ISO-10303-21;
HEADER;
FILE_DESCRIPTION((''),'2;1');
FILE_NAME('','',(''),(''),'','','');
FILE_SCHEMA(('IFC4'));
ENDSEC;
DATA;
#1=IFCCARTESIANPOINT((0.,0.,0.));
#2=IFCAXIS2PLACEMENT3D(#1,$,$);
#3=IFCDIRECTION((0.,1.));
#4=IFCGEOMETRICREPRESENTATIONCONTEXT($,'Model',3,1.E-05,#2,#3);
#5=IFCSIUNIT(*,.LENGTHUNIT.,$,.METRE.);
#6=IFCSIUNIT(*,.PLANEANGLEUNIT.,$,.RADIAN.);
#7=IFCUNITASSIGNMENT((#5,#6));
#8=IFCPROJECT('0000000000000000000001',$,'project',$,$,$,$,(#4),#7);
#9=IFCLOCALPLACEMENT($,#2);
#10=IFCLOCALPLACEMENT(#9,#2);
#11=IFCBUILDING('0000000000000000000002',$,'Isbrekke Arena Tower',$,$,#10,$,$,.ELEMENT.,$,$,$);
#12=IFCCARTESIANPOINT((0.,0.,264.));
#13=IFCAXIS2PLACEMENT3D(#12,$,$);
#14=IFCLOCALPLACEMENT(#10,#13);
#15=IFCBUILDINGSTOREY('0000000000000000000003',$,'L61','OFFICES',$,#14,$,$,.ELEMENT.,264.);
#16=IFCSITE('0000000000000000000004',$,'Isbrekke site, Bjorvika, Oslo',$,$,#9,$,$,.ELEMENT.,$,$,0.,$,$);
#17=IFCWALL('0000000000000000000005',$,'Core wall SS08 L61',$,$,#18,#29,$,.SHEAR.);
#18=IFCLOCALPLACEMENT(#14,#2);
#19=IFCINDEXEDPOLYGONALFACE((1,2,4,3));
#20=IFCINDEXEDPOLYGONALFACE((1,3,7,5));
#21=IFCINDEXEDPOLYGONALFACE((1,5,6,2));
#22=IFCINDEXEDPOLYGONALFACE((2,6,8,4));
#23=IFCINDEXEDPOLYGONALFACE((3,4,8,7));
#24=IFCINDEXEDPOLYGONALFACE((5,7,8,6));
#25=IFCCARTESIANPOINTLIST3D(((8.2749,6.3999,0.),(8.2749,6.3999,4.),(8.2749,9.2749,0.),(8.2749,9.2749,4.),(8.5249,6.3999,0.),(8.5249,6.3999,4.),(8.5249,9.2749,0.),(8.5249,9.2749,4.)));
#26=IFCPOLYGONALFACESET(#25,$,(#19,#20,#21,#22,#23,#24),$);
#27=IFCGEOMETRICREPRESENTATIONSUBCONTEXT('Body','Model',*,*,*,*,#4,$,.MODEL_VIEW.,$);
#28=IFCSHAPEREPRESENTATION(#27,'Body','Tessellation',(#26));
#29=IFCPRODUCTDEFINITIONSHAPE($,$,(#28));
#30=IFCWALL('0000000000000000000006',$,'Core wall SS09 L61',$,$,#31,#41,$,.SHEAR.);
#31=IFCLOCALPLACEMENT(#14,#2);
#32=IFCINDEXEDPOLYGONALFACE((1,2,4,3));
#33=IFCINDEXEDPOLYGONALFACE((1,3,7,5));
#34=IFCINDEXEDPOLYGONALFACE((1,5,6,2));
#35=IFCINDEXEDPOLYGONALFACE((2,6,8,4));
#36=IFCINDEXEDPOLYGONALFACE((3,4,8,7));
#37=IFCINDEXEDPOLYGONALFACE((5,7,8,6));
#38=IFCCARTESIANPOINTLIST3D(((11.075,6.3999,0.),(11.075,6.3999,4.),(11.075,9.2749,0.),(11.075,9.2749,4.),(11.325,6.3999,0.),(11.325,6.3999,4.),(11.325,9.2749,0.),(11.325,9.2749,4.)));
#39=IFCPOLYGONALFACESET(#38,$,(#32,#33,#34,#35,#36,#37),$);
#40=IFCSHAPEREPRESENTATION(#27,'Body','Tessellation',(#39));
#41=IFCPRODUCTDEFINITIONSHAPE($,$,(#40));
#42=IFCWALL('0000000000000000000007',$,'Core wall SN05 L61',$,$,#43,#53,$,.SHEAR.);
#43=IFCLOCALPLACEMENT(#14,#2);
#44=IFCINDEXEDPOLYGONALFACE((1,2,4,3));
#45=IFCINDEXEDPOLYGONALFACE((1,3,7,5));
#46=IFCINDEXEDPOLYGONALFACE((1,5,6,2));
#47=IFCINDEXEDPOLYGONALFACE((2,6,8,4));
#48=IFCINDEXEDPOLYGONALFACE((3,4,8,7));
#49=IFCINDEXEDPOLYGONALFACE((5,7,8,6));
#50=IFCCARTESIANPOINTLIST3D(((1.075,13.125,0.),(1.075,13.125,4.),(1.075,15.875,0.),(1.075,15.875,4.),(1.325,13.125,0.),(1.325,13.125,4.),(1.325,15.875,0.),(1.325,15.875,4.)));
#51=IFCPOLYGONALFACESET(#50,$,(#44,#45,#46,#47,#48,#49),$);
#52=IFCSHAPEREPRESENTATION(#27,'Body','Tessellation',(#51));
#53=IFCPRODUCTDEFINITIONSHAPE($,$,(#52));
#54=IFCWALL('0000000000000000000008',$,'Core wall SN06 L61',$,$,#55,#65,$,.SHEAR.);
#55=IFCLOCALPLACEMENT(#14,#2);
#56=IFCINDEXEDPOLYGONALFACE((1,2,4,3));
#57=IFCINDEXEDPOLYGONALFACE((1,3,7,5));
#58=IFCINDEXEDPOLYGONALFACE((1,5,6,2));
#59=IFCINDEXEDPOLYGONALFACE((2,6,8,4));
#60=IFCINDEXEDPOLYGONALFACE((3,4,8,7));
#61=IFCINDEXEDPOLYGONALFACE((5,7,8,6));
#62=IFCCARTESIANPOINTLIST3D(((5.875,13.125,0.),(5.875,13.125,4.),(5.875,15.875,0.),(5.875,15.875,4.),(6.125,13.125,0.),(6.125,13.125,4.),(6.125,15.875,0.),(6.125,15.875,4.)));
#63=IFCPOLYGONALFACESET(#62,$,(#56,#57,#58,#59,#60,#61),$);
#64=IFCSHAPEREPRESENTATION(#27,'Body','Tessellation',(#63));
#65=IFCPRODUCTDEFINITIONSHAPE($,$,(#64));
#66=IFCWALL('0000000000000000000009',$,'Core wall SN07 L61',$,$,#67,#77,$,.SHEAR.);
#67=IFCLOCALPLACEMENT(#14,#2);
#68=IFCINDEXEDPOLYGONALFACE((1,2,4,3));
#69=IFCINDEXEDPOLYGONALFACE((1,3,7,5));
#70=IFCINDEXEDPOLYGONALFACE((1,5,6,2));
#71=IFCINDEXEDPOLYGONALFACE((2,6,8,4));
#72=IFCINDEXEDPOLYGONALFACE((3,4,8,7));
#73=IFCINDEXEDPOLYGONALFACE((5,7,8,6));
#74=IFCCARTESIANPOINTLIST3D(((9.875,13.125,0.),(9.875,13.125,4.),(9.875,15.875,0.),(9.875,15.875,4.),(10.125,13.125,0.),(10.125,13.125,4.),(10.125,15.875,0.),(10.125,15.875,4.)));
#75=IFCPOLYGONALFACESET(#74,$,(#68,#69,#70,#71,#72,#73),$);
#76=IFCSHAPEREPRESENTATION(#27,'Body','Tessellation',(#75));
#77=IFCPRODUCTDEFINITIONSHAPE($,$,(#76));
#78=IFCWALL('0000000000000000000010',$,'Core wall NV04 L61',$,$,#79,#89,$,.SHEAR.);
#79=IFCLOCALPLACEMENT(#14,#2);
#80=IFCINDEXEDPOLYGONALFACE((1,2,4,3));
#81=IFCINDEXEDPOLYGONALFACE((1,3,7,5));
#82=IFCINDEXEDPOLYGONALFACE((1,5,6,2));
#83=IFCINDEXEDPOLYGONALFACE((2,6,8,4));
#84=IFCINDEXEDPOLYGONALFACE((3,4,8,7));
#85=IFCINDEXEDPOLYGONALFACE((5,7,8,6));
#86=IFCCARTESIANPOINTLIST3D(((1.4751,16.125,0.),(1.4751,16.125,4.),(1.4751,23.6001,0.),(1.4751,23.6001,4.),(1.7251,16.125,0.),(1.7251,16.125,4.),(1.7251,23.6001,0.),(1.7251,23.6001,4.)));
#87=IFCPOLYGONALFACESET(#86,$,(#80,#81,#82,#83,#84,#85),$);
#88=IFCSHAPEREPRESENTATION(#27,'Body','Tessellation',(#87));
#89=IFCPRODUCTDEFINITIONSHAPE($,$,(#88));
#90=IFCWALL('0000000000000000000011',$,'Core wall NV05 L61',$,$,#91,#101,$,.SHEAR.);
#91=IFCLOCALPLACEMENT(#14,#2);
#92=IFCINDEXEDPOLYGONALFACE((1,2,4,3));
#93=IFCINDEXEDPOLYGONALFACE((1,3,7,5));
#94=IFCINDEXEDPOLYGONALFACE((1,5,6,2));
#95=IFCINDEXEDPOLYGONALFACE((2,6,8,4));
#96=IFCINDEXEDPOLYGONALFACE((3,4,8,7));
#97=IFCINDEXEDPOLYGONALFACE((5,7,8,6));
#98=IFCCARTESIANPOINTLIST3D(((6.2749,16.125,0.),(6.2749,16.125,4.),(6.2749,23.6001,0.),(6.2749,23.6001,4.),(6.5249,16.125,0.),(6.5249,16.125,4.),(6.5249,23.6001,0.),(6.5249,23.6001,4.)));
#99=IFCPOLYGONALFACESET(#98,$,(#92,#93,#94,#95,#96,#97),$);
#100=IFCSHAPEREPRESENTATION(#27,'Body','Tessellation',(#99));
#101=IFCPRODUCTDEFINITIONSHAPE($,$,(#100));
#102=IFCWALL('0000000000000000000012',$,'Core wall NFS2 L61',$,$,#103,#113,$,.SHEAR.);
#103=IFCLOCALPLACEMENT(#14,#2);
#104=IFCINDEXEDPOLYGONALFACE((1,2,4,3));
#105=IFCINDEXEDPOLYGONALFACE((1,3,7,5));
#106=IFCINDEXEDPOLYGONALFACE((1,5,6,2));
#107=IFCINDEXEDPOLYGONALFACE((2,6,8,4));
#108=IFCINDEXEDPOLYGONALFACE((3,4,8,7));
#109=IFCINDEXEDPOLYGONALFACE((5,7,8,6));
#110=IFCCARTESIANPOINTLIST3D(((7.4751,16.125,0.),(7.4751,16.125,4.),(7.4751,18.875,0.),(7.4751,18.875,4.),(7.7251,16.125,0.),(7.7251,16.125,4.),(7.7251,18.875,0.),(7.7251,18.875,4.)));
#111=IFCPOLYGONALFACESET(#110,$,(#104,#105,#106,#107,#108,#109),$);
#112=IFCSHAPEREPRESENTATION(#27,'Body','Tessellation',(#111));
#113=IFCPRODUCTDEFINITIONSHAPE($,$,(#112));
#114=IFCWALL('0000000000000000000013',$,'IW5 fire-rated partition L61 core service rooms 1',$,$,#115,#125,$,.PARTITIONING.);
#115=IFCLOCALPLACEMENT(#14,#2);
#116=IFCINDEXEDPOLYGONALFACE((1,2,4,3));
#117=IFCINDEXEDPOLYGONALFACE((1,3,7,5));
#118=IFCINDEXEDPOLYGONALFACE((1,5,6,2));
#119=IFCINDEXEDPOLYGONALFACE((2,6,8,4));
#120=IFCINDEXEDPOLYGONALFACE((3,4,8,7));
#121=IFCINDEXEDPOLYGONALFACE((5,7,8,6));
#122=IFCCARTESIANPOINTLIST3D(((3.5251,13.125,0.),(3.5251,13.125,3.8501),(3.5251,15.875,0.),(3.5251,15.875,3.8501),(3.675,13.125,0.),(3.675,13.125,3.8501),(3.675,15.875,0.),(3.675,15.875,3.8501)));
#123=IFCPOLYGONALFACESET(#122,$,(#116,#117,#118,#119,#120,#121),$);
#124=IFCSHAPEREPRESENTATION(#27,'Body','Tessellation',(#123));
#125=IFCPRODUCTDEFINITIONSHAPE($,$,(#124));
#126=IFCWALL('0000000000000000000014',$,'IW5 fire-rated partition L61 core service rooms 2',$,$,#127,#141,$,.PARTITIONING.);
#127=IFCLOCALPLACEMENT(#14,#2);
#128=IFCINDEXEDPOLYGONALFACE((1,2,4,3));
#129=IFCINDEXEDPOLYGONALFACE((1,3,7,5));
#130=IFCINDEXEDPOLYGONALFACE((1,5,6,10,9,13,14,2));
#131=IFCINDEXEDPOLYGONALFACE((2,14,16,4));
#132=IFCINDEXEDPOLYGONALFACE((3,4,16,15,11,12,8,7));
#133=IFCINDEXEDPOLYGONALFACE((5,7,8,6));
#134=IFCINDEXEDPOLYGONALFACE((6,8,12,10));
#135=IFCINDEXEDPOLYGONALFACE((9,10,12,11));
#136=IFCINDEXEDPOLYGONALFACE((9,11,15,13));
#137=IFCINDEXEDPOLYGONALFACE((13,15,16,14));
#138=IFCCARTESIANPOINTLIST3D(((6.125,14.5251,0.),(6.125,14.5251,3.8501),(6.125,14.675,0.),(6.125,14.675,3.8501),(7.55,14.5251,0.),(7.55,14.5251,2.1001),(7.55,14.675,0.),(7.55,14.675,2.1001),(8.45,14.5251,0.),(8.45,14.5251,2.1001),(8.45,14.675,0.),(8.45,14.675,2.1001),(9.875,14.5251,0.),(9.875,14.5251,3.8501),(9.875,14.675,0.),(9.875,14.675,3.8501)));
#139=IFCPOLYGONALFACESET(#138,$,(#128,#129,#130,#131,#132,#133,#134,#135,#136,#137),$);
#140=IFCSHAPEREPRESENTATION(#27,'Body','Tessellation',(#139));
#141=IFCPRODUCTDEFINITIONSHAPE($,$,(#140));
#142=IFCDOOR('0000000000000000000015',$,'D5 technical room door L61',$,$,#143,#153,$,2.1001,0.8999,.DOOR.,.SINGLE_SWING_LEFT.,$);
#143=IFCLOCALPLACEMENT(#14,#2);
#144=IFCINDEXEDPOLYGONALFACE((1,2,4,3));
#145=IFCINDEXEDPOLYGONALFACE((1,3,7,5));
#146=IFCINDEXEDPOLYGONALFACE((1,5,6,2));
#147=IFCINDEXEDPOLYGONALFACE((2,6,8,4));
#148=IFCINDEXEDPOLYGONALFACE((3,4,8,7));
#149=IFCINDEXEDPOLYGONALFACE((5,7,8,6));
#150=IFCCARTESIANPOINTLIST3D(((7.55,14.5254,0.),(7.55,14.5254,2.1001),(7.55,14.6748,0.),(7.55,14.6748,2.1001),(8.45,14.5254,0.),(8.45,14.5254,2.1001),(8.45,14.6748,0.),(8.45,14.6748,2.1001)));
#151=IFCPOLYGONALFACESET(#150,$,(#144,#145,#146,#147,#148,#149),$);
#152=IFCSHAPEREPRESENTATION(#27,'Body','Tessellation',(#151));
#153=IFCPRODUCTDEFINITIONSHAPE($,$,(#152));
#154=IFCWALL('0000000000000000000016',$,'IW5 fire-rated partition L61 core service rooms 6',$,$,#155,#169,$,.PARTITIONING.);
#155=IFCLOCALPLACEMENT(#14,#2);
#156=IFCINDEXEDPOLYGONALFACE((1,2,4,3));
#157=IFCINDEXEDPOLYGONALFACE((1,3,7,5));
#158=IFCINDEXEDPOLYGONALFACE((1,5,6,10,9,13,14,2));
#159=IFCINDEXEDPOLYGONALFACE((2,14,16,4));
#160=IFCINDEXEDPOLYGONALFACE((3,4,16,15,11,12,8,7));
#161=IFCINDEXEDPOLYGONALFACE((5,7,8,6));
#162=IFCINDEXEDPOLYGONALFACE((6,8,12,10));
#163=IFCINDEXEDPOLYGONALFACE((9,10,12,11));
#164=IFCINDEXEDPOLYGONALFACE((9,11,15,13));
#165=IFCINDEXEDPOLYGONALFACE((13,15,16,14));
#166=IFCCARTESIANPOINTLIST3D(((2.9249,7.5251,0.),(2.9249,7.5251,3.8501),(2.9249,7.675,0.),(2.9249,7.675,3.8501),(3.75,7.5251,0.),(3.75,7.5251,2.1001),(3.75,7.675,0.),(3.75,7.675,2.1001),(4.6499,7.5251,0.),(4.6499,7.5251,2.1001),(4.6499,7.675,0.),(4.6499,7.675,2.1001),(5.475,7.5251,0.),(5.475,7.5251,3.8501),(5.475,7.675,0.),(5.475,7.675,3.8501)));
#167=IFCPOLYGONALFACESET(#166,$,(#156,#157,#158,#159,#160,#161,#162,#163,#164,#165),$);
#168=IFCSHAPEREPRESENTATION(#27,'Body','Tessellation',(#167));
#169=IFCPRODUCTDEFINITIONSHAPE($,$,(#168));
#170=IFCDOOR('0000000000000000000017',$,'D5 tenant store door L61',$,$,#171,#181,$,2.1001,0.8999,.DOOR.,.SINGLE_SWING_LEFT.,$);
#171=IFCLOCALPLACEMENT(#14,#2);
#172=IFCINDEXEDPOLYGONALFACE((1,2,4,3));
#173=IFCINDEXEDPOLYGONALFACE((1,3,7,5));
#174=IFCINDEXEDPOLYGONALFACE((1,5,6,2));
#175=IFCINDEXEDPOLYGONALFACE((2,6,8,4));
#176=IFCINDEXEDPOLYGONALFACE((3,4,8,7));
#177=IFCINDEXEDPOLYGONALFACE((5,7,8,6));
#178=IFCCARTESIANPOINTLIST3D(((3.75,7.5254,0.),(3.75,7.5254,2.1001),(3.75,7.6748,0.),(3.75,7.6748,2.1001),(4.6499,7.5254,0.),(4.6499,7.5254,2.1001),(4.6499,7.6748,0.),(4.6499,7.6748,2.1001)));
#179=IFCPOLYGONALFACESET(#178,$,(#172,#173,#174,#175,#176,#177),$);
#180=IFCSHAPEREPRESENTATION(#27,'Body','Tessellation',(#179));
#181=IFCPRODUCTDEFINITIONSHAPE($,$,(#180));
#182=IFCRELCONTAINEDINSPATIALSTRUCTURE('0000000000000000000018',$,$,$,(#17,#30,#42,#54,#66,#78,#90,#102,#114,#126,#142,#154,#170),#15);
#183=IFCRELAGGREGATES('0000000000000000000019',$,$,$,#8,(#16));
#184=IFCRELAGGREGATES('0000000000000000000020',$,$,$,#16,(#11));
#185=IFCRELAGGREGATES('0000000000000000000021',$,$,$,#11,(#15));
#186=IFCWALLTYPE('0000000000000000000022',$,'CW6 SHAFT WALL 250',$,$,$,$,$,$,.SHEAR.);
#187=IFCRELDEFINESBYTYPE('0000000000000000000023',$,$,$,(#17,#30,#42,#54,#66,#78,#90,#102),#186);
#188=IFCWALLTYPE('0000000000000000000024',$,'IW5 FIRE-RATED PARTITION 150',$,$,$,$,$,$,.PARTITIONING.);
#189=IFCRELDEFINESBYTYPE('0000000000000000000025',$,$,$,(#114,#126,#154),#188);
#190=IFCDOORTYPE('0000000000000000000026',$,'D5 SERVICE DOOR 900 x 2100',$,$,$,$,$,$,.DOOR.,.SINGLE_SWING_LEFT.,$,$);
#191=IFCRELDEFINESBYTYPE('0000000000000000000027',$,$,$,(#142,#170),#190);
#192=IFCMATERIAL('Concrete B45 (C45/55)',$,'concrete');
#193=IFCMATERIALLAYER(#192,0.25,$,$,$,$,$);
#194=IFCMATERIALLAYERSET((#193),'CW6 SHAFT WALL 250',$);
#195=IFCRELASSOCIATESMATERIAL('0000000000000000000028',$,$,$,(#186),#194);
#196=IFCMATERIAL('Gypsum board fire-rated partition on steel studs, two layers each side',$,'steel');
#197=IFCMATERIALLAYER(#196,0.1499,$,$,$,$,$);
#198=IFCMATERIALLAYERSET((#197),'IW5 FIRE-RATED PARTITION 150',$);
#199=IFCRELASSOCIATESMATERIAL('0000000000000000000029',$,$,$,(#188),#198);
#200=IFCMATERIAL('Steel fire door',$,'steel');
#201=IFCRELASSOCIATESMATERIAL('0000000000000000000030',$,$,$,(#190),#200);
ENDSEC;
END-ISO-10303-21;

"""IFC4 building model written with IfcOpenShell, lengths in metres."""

from ifc_helpers import new_model, si_unit, direction, frame, frame_2d, origin, place, context, subcontext, project, spatial, rectangle, extrude, material, layer, layer_set, type_object, element, fill, save


model = new_model("IFC4")

# Units and contexts
model_context = context("Model", 3, precision=1e-05, world=origin(), true_north=direction((0.0, 1.0)))
body_context = subcontext(model_context, "Body", "Model", "MODEL_VIEW")
ifc_project = project(units=[si_unit("LENGTHUNIT", "METRE"), si_unit("PLANEANGLEUNIT", "RADIAN")], contexts=[model_context])

# Site, building, storey
site_placement = place(None, origin())
site = spatial("IfcSite", under=ifc_project, at=site_placement, Name="Isbrekke site, Bjorvika, Oslo", CompositionType="ELEMENT", RefElevation=0.0)
building_placement = place(site_placement, origin())
building = spatial("IfcBuilding", under=site, at=building_placement, Name="Isbrekke Arena Tower", CompositionType="ELEMENT")
storey_placement = place(building_placement, frame((0.0, 0.0, 264.0)))
storey = spatial("IfcBuildingStorey", under=building, at=storey_placement, Name="L61", Description="OFFICES", CompositionType="ELEMENT", Elevation=264.0)

# Walls
ifc_material_1 = material(Name="Concrete B45 (C45/55)", Category="concrete")
ifc_layer_1 = layer(ifc_material_1, 0.25)
ifc_layer_set_1 = layer_set([ifc_layer_1], Name="CW6 SHAFT WALL 250")
wall_type_1 = type_object("IfcWallType", Name="CW6 SHAFT WALL 250", PredefinedType="SHEAR", material=ifc_layer_set_1)
for number, where, z_axis, x_axis, name in (
    (1, (8.3999, 6.3999, 0.0), (0.0, 0.0, 1.0), (0.0, 1.0, 0.0), "Core wall SS08 L61"),
    (2, (11.2, 6.3999, 0.0), (0.0, 0.0, 1.0), (0.0, 1.0, 0.0), "Core wall SS09 L61"),
):
    element("IfcWall", number, at=place(storey_placement, frame(where, z_axis=z_axis, x_axis=x_axis)), inside=storey, type_object=wall_type_1, Name=name, PredefinedType="SHEAR", context=body_context, shape_type="SweptSolid", body=[
        extrude(rectangle(XDim=2.875, YDim=0.25, at=frame_2d((1.4375, 0.0))), origin(), (0.0, 0.0, 1.0), 4.0),
    ])
for number, where, z_axis, x_axis, name in (
    (3, (1.2, 13.125, 0.0), (0.0, 0.0, 1.0), (0.0, 1.0, 0.0), "Core wall SN05 L61"),
    (4, (6.0, 13.125, 0.0), (0.0, 0.0, 1.0), (0.0, 1.0, 0.0), "Core wall SN06 L61"),
    (5, (10.0, 13.125, 0.0), (0.0, 0.0, 1.0), (0.0, 1.0, 0.0), "Core wall SN07 L61"),
):
    element("IfcWall", number, at=place(storey_placement, frame(where, z_axis=z_axis, x_axis=x_axis)), inside=storey, type_object=wall_type_1, Name=name, PredefinedType="SHEAR", context=body_context, shape_type="SweptSolid", body=[
        extrude(rectangle(XDim=2.75, YDim=0.25, at=frame_2d((1.375, 0.0))), origin(), (0.0, 0.0, 1.0), 4.0),
    ])
for number, where, z_axis, x_axis, name in (
    (6, (1.6001, 16.125, 0.0), (0.0, 0.0, 1.0), (0.0, 1.0, 0.0), "Core wall NV04 L61"),
    (7, (6.3999, 16.125, 0.0), (0.0, 0.0, 1.0), (0.0, 1.0, 0.0), "Core wall NV05 L61"),
):
    element("IfcWall", number, at=place(storey_placement, frame(where, z_axis=z_axis, x_axis=x_axis)), inside=storey, type_object=wall_type_1, Name=name, PredefinedType="SHEAR", context=body_context, shape_type="SweptSolid", body=[
        extrude(rectangle(XDim=7.4751, YDim=0.25, at=frame_2d((3.7375, 0.0))), origin(), (0.0, 0.0, 1.0), 4.0),
    ])
wall_1_placement = place(storey_placement, frame((7.6001, 16.125, 0.0), z_axis=(0.0, 0.0, 1.0), x_axis=(0.0, 1.0, 0.0)))
element("IfcWall", 8, at=wall_1_placement, inside=storey, type_object=wall_type_1, Name="Core wall NFS2 L61", PredefinedType="SHEAR", context=body_context, shape_type="SweptSolid", body=[
    extrude(rectangle(XDim=2.75, YDim=0.25, at=frame_2d((1.375, 0.0))), origin(), (0.0, 0.0, 1.0), 4.0),
])
ifc_material_2 = material(Name="Gypsum board fire-rated partition on steel studs, two layers each side", Category="steel")
ifc_layer_2 = layer(ifc_material_2, 0.1499)
ifc_layer_set_2 = layer_set([ifc_layer_2], Name="IW5 FIRE-RATED PARTITION 150")
wall_type_2 = type_object("IfcWallType", Name="IW5 FIRE-RATED PARTITION 150", PredefinedType="PARTITIONING", material=ifc_layer_set_2)
wall_2_placement = place(storey_placement, frame((3.6001, 13.125, 0.0), z_axis=(0.0, 0.0, 1.0), x_axis=(0.0, 1.0, 0.0)))
element("IfcWall", 9, at=wall_2_placement, inside=storey, type_object=wall_type_2, Name="IW5 fire-rated partition L61 core service rooms 1", PredefinedType="PARTITIONING", context=body_context, shape_type="SweptSolid", body=[
    extrude(rectangle(XDim=2.75, YDim=0.1499, at=frame_2d((1.375, 0.0))), origin(), (0.0, 0.0, 1.0), 3.8501),
])

# Walls, openings, doors
wall_3_placement = place(storey_placement, frame((6.125, 14.6001, 0.0), z_axis=(0.0, 0.0, 1.0), x_axis=(1.0, 0.0, 0.0)))
wall_3 = element("IfcWall", 10, at=wall_3_placement, inside=storey, type_object=wall_type_2, Name="IW5 fire-rated partition L61 core service rooms 2", PredefinedType="PARTITIONING", context=body_context, shape_type="SweptSolid", body=[
    extrude(rectangle(XDim=3.75, YDim=0.1499, at=frame_2d((1.875, 0.0))), origin(), (0.0, 0.0, 1.0), 3.8501),
])
opening_1_placement = place(wall_3_placement, frame((1.425, 0.0, 0.0)))
opening_1 = element("IfcOpeningElement", 11, at=opening_1_placement, cuts=wall_3, PredefinedType="OPENING", context=body_context, shape_type="SweptSolid", body=[
    extrude(rectangle(XDim=0.8999, YDim=2.1001, at=frame_2d((0.45, 1.05))), frame((0.0, 0.0898, 0.0), z_axis=(0.0, -1.0, 0.0), x_axis=(1.0, 0.0, 0.0)), (0.0, 0.0, 1.0), 0.1797),
])
ifc_material_3 = material(Name="Steel fire door", Category="steel")
door_type = type_object("IfcDoorType", Name="D5 SERVICE DOOR 900 x 2100", OperationType="SINGLE_SWING_LEFT", PredefinedType="DOOR", material=ifc_material_3)
door_1_placement = place(opening_1_placement, origin())
door_1 = element("IfcDoor", 12, at=door_1_placement, inside=storey, type_object=door_type, Name="D5 technical room door L61", OperationType="SINGLE_SWING_LEFT", OverallHeight=2.1001, OverallWidth=0.8999, PredefinedType="DOOR", context=body_context, shape_type="SweptSolid", body=[
    extrude(rectangle(XDim=0.8999, YDim=2.1001, at=frame_2d((0.45, 1.05))), frame((0.0, 0.0747, 0.0), z_axis=(0.0, -1.0, 0.0), x_axis=(1.0, 0.0, 0.0)), (0.0, 0.0, 1.0), 0.1494),
])
fill(opening_1, door_1)
wall_4_placement = place(storey_placement, frame((2.925, 7.6001, 0.0), z_axis=(0.0, 0.0, 1.0), x_axis=(1.0, 0.0, 0.0)))
wall_4 = element("IfcWall", 13, at=wall_4_placement, inside=storey, type_object=wall_type_2, Name="IW5 fire-rated partition L61 core service rooms 6", PredefinedType="PARTITIONING", context=body_context, shape_type="SweptSolid", body=[
    extrude(rectangle(XDim=2.55, YDim=0.1499, at=frame_2d((1.2749, 0.0))), origin(), (0.0, 0.0, 1.0), 3.8501),
])
opening_2_placement = place(wall_4_placement, frame((0.825, 0.0, 0.0)))
opening_2 = element("IfcOpeningElement", 14, at=opening_2_placement, cuts=wall_4, PredefinedType="OPENING", context=body_context, shape_type="SweptSolid", body=[
    extrude(rectangle(XDim=0.8999, YDim=2.1001, at=frame_2d((0.45, 1.05))), frame((0.0, 0.0898, 0.0), z_axis=(0.0, -1.0, 0.0), x_axis=(1.0, 0.0, 0.0)), (0.0, 0.0, 1.0), 0.1797),
])
door_2_placement = place(opening_2_placement, origin())
door_2 = element("IfcDoor", 15, at=door_2_placement, inside=storey, type_object=door_type, Name="D5 tenant store door L61", OperationType="SINGLE_SWING_LEFT", OverallHeight=2.1001, OverallWidth=0.8999, PredefinedType="DOOR", context=body_context, shape_type="SweptSolid", body=[
    extrude(rectangle(XDim=0.8999, YDim=2.1001, at=frame_2d((0.45, 1.05))), frame((0.0, 0.0747, 0.0), z_axis=(0.0, -1.0, 0.0), x_axis=(1.0, 0.0, 0.0)), (0.0, 0.0, 1.0), 0.1494),
])
fill(opening_2, door_2)

save(model, "model.ifc")
